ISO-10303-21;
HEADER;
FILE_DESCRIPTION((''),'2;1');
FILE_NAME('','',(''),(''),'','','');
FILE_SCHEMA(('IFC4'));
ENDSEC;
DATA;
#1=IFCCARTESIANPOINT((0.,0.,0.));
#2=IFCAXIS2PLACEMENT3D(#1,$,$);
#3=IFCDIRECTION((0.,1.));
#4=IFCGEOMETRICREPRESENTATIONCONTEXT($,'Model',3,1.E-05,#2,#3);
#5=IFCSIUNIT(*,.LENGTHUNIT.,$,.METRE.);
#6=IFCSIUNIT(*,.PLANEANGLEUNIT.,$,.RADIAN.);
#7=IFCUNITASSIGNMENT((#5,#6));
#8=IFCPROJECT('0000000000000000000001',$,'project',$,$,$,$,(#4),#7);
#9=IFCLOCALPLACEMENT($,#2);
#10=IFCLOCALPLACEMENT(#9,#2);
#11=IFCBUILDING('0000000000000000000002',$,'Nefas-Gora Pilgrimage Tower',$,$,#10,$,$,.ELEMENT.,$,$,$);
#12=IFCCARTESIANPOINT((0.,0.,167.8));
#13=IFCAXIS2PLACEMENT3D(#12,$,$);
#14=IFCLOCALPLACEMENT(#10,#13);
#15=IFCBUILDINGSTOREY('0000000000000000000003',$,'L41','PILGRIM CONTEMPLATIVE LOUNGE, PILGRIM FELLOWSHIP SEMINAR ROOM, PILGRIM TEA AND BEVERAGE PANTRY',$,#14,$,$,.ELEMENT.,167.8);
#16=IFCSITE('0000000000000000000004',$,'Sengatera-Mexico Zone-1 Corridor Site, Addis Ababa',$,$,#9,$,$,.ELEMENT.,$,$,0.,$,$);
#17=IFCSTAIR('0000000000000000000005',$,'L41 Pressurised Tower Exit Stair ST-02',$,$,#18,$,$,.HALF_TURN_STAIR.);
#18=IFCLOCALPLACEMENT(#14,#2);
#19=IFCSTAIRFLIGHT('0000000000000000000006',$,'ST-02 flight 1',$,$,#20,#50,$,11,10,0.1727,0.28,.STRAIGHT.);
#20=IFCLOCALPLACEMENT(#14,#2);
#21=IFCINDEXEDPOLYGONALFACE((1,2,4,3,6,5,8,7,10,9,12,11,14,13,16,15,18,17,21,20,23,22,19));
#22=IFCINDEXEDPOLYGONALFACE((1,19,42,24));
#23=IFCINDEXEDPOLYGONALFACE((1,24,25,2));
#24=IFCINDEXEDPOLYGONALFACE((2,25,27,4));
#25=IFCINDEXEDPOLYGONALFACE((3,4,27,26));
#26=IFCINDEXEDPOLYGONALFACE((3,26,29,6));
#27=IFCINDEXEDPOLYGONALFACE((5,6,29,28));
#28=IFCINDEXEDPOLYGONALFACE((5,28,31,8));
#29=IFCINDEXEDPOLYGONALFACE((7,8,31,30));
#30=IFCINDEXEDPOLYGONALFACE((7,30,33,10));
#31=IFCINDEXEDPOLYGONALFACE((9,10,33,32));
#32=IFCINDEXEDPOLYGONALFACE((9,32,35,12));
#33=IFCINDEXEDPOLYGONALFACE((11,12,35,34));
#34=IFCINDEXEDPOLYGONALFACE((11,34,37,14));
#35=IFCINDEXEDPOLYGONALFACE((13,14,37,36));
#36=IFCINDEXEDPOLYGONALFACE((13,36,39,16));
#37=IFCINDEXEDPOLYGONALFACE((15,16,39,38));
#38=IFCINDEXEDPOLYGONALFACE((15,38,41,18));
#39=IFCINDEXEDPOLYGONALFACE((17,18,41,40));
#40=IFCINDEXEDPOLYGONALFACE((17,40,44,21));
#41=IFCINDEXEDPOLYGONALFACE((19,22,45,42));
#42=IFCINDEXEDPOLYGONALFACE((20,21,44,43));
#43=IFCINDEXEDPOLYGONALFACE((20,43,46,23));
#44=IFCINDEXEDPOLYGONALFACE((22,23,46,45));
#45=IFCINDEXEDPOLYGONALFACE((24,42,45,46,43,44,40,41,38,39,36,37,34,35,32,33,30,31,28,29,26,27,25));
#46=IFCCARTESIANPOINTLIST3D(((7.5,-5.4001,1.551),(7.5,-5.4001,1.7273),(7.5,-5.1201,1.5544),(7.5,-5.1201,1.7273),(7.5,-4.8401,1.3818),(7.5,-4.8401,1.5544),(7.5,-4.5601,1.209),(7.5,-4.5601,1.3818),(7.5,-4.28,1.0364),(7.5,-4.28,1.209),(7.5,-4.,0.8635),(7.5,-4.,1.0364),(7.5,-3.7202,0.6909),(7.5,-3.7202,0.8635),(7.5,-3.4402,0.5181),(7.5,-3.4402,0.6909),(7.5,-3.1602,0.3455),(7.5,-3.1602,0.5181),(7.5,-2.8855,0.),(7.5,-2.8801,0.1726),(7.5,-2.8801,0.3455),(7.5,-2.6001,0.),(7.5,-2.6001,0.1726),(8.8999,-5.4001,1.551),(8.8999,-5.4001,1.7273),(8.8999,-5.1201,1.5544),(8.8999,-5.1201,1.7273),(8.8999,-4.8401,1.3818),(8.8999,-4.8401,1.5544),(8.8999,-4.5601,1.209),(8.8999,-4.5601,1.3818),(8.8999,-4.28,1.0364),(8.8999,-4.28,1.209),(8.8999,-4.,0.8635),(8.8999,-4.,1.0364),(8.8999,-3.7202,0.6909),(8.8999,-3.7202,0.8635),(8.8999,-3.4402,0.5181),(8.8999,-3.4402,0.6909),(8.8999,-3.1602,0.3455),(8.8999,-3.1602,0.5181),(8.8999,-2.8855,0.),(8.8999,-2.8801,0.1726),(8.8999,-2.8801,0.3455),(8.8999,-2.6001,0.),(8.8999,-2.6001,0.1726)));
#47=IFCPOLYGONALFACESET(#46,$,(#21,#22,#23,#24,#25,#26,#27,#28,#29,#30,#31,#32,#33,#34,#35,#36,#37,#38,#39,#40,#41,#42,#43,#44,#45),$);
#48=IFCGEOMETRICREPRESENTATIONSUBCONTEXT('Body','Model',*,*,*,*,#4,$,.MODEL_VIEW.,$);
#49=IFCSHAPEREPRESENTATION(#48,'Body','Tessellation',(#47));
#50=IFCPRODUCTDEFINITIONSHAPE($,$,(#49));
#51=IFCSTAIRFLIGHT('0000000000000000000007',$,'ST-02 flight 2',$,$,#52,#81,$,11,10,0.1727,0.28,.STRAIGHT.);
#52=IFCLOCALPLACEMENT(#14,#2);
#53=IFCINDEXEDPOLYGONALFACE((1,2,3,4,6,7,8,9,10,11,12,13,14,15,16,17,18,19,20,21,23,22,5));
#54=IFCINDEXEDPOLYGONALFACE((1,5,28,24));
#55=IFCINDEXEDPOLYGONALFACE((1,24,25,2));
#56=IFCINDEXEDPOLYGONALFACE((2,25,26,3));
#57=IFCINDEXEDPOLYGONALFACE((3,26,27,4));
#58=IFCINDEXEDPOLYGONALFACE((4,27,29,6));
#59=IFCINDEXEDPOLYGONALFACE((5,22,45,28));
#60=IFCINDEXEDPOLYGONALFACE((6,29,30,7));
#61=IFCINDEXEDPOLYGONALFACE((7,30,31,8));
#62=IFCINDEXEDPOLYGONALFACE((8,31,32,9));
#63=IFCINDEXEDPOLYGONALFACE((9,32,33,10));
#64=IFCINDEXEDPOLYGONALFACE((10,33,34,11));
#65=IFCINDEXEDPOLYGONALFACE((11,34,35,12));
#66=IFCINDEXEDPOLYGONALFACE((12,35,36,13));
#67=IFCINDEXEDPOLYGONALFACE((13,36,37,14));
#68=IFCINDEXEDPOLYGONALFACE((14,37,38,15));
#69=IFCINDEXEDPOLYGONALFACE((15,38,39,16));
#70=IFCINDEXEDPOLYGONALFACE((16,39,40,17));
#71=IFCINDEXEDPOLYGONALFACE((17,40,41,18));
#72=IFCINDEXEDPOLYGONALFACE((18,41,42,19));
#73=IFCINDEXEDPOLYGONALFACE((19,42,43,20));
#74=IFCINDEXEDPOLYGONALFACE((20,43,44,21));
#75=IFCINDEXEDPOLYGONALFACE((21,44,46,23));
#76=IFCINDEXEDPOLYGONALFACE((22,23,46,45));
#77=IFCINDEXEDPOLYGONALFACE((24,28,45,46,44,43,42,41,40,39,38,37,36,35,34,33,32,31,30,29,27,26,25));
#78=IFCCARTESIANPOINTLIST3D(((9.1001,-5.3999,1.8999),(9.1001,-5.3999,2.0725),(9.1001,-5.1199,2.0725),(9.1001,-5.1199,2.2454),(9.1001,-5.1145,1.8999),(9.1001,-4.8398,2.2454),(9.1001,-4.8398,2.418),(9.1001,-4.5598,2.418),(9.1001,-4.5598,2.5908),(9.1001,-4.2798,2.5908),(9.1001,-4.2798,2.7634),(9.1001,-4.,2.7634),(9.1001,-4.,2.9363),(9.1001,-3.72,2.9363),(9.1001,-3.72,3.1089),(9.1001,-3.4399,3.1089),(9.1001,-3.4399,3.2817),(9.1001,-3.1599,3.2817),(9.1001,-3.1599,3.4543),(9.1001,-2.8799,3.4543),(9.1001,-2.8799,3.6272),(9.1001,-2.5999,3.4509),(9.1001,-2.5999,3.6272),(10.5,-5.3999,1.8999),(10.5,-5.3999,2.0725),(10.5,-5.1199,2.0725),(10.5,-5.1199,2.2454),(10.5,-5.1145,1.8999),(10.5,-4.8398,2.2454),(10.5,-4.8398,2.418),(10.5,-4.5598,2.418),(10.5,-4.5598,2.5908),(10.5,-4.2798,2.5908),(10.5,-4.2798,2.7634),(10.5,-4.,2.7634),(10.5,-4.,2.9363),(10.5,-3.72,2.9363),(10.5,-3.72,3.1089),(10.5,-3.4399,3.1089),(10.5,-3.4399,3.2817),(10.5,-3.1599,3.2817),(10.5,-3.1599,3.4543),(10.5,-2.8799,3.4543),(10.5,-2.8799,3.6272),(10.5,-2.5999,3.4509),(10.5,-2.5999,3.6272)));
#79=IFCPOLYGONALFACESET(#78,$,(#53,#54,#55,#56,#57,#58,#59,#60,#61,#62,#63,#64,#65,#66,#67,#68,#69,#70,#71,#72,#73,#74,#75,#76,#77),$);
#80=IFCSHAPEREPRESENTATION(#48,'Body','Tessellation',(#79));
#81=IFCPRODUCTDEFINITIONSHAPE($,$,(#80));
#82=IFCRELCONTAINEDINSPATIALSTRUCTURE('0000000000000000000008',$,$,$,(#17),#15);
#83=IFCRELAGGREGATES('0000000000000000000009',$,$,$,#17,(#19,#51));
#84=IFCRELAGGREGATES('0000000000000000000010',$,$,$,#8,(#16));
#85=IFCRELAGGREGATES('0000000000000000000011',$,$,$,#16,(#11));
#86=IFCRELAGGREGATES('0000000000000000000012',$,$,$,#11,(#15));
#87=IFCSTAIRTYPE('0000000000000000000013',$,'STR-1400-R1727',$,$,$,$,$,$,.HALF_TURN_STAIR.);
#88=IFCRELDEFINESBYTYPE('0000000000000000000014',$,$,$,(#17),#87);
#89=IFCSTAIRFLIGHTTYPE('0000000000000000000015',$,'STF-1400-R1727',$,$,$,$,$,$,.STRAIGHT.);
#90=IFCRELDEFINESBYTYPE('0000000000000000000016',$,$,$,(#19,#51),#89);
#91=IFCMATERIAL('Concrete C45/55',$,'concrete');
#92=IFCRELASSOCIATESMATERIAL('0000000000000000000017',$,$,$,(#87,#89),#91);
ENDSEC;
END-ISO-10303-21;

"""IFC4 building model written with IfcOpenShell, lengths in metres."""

from ifc_helpers import new_model, si_unit, direction, frame, origin, place, context, subcontext, project, spatial, polyline, outline, extrude, source, transform, mapped, material, type_object, element, aggregate, save


model = new_model("IFC4")

# Units and contexts
model_context = context("Model", 3, precision=1e-05, world=origin(), true_north=direction((0.0, 1.0)))
body_context = subcontext(model_context, "Body", "Model", "MODEL_VIEW")
ifc_project = project(units=[si_unit("LENGTHUNIT", "METRE"), si_unit("PLANEANGLEUNIT", "RADIAN")], contexts=[model_context])

# Site, building, storey
site_placement = place(None, origin())
site = spatial("IfcSite", under=ifc_project, at=site_placement, Name="Sengatera-Mexico Zone-1 Corridor Site, Addis Ababa", CompositionType="ELEMENT", RefElevation=0.0)
building_placement = place(site_placement, origin())
building = spatial("IfcBuilding", under=site, at=building_placement, Name="Nefas-Gora Pilgrimage Tower", CompositionType="ELEMENT")
storey_placement = place(building_placement, frame((0.0, 0.0, 167.8)))
storey = spatial("IfcBuildingStorey", under=building, at=storey_placement, Name="L41", Description="PILGRIM CONTEMPLATIVE LOUNGE, PILGRIM FELLOWSHIP SEMINAR ROOM, PILGRIM TEA AND BEVERAGE PANTRY", CompositionType="ELEMENT", Elevation=167.8)

# Shared definitions
ifc_material_1 = material(Name="Concrete C45/55", Category="concrete")

# Stair, stair flights
stair_type = type_object("IfcStairType", Name="STR-1400-R1727", PredefinedType="HALF_TURN_STAIR", material=ifc_material_1)
stair_placement = place(storey_placement, origin())
stair = element("IfcStair", 1, at=stair_placement, inside=storey, type_object=stair_type, Name="L41 Pressurised Tower Exit Stair ST-02", PredefinedType="HALF_TURN_STAIR")
stair_flight_type = type_object("IfcStairFlightType", Name="STF-1400-R1727", PredefinedType="STRAIGHT", material=ifc_material_1)
shared_shape_1 = source(origin(), body_context, "Body", "SweptSolid", [
    extrude(outline(polyline([(0.0, 0.0), (0.0, 0.1726), (0.28, 0.1726), (0.28, 0.3455), (0.5601, 0.3455), (0.5601, 0.5181), (0.8401, 0.5181), (0.8401, 0.6909), (1.1201, 0.6909), (1.1201, 0.8635), (1.3999, 0.8635), (1.3999, 1.0364), (1.6799, 1.0364), (1.6799, 1.209), (1.96, 1.209), (1.96, 1.3818), (2.24, 1.3818), (2.24, 1.5544), (2.52, 1.5544), (2.52, 1.7273), (2.8, 1.7273), (2.8, 1.8999), (2.8, 1.551), (0.2854, 0.0), (0.0, 0.0)])), frame((0.0, 0.7, 0.0), z_axis=(0.0, -1.0, 0.0), x_axis=(1.0, 0.0, 0.0)), (0.0, 0.0, 1.0), 1.3999),
])
stair_flight_1_placement = place(storey_placement, frame((8.2, -2.6001, 0.0), z_axis=(0.0, 0.0, 1.0), x_axis=(0.0, -1.0, 0.0)))
stair_flight_1 = element("IfcStairFlight", 2, at=stair_flight_1_placement, type_object=stair_flight_type, Name="ST-02 flight 1", NumberOfRisers=11, NumberOfTreads=10, PredefinedType="STRAIGHT", RiserHeight=0.1727, TreadLength=0.28, context=body_context, shape_type="MappedRepresentation", body=[
    mapped(shared_shape_1, transform((0.0, 0.0, 0.0), x_axis=(1.0, 0.0, 0.0), y_axis=(0.0, 1.0, 0.0), z_axis=(0.0, 0.0, 1.0), scale=1.0)),
])
stair_flight_2_placement = place(storey_placement, frame((9.8, -5.3999, 1.8999), z_axis=(0.0, 0.0, 1.0), x_axis=(0.0, 1.0, 0.0)))
stair_flight_2 = element("IfcStairFlight", 3, at=stair_flight_2_placement, type_object=stair_flight_type, Name="ST-02 flight 2", NumberOfRisers=11, NumberOfTreads=10, PredefinedType="STRAIGHT", RiserHeight=0.1727, TreadLength=0.28, context=body_context, shape_type="MappedRepresentation", body=[
    mapped(shared_shape_1, transform((0.0, 0.0, 0.0), x_axis=(1.0, 0.0, 0.0), y_axis=(0.0, 1.0, 0.0), z_axis=(0.0, 0.0, 1.0), scale=1.0)),
])
aggregate(stair, [stair_flight_1, stair_flight_2])

save(model, "model.ifc")
